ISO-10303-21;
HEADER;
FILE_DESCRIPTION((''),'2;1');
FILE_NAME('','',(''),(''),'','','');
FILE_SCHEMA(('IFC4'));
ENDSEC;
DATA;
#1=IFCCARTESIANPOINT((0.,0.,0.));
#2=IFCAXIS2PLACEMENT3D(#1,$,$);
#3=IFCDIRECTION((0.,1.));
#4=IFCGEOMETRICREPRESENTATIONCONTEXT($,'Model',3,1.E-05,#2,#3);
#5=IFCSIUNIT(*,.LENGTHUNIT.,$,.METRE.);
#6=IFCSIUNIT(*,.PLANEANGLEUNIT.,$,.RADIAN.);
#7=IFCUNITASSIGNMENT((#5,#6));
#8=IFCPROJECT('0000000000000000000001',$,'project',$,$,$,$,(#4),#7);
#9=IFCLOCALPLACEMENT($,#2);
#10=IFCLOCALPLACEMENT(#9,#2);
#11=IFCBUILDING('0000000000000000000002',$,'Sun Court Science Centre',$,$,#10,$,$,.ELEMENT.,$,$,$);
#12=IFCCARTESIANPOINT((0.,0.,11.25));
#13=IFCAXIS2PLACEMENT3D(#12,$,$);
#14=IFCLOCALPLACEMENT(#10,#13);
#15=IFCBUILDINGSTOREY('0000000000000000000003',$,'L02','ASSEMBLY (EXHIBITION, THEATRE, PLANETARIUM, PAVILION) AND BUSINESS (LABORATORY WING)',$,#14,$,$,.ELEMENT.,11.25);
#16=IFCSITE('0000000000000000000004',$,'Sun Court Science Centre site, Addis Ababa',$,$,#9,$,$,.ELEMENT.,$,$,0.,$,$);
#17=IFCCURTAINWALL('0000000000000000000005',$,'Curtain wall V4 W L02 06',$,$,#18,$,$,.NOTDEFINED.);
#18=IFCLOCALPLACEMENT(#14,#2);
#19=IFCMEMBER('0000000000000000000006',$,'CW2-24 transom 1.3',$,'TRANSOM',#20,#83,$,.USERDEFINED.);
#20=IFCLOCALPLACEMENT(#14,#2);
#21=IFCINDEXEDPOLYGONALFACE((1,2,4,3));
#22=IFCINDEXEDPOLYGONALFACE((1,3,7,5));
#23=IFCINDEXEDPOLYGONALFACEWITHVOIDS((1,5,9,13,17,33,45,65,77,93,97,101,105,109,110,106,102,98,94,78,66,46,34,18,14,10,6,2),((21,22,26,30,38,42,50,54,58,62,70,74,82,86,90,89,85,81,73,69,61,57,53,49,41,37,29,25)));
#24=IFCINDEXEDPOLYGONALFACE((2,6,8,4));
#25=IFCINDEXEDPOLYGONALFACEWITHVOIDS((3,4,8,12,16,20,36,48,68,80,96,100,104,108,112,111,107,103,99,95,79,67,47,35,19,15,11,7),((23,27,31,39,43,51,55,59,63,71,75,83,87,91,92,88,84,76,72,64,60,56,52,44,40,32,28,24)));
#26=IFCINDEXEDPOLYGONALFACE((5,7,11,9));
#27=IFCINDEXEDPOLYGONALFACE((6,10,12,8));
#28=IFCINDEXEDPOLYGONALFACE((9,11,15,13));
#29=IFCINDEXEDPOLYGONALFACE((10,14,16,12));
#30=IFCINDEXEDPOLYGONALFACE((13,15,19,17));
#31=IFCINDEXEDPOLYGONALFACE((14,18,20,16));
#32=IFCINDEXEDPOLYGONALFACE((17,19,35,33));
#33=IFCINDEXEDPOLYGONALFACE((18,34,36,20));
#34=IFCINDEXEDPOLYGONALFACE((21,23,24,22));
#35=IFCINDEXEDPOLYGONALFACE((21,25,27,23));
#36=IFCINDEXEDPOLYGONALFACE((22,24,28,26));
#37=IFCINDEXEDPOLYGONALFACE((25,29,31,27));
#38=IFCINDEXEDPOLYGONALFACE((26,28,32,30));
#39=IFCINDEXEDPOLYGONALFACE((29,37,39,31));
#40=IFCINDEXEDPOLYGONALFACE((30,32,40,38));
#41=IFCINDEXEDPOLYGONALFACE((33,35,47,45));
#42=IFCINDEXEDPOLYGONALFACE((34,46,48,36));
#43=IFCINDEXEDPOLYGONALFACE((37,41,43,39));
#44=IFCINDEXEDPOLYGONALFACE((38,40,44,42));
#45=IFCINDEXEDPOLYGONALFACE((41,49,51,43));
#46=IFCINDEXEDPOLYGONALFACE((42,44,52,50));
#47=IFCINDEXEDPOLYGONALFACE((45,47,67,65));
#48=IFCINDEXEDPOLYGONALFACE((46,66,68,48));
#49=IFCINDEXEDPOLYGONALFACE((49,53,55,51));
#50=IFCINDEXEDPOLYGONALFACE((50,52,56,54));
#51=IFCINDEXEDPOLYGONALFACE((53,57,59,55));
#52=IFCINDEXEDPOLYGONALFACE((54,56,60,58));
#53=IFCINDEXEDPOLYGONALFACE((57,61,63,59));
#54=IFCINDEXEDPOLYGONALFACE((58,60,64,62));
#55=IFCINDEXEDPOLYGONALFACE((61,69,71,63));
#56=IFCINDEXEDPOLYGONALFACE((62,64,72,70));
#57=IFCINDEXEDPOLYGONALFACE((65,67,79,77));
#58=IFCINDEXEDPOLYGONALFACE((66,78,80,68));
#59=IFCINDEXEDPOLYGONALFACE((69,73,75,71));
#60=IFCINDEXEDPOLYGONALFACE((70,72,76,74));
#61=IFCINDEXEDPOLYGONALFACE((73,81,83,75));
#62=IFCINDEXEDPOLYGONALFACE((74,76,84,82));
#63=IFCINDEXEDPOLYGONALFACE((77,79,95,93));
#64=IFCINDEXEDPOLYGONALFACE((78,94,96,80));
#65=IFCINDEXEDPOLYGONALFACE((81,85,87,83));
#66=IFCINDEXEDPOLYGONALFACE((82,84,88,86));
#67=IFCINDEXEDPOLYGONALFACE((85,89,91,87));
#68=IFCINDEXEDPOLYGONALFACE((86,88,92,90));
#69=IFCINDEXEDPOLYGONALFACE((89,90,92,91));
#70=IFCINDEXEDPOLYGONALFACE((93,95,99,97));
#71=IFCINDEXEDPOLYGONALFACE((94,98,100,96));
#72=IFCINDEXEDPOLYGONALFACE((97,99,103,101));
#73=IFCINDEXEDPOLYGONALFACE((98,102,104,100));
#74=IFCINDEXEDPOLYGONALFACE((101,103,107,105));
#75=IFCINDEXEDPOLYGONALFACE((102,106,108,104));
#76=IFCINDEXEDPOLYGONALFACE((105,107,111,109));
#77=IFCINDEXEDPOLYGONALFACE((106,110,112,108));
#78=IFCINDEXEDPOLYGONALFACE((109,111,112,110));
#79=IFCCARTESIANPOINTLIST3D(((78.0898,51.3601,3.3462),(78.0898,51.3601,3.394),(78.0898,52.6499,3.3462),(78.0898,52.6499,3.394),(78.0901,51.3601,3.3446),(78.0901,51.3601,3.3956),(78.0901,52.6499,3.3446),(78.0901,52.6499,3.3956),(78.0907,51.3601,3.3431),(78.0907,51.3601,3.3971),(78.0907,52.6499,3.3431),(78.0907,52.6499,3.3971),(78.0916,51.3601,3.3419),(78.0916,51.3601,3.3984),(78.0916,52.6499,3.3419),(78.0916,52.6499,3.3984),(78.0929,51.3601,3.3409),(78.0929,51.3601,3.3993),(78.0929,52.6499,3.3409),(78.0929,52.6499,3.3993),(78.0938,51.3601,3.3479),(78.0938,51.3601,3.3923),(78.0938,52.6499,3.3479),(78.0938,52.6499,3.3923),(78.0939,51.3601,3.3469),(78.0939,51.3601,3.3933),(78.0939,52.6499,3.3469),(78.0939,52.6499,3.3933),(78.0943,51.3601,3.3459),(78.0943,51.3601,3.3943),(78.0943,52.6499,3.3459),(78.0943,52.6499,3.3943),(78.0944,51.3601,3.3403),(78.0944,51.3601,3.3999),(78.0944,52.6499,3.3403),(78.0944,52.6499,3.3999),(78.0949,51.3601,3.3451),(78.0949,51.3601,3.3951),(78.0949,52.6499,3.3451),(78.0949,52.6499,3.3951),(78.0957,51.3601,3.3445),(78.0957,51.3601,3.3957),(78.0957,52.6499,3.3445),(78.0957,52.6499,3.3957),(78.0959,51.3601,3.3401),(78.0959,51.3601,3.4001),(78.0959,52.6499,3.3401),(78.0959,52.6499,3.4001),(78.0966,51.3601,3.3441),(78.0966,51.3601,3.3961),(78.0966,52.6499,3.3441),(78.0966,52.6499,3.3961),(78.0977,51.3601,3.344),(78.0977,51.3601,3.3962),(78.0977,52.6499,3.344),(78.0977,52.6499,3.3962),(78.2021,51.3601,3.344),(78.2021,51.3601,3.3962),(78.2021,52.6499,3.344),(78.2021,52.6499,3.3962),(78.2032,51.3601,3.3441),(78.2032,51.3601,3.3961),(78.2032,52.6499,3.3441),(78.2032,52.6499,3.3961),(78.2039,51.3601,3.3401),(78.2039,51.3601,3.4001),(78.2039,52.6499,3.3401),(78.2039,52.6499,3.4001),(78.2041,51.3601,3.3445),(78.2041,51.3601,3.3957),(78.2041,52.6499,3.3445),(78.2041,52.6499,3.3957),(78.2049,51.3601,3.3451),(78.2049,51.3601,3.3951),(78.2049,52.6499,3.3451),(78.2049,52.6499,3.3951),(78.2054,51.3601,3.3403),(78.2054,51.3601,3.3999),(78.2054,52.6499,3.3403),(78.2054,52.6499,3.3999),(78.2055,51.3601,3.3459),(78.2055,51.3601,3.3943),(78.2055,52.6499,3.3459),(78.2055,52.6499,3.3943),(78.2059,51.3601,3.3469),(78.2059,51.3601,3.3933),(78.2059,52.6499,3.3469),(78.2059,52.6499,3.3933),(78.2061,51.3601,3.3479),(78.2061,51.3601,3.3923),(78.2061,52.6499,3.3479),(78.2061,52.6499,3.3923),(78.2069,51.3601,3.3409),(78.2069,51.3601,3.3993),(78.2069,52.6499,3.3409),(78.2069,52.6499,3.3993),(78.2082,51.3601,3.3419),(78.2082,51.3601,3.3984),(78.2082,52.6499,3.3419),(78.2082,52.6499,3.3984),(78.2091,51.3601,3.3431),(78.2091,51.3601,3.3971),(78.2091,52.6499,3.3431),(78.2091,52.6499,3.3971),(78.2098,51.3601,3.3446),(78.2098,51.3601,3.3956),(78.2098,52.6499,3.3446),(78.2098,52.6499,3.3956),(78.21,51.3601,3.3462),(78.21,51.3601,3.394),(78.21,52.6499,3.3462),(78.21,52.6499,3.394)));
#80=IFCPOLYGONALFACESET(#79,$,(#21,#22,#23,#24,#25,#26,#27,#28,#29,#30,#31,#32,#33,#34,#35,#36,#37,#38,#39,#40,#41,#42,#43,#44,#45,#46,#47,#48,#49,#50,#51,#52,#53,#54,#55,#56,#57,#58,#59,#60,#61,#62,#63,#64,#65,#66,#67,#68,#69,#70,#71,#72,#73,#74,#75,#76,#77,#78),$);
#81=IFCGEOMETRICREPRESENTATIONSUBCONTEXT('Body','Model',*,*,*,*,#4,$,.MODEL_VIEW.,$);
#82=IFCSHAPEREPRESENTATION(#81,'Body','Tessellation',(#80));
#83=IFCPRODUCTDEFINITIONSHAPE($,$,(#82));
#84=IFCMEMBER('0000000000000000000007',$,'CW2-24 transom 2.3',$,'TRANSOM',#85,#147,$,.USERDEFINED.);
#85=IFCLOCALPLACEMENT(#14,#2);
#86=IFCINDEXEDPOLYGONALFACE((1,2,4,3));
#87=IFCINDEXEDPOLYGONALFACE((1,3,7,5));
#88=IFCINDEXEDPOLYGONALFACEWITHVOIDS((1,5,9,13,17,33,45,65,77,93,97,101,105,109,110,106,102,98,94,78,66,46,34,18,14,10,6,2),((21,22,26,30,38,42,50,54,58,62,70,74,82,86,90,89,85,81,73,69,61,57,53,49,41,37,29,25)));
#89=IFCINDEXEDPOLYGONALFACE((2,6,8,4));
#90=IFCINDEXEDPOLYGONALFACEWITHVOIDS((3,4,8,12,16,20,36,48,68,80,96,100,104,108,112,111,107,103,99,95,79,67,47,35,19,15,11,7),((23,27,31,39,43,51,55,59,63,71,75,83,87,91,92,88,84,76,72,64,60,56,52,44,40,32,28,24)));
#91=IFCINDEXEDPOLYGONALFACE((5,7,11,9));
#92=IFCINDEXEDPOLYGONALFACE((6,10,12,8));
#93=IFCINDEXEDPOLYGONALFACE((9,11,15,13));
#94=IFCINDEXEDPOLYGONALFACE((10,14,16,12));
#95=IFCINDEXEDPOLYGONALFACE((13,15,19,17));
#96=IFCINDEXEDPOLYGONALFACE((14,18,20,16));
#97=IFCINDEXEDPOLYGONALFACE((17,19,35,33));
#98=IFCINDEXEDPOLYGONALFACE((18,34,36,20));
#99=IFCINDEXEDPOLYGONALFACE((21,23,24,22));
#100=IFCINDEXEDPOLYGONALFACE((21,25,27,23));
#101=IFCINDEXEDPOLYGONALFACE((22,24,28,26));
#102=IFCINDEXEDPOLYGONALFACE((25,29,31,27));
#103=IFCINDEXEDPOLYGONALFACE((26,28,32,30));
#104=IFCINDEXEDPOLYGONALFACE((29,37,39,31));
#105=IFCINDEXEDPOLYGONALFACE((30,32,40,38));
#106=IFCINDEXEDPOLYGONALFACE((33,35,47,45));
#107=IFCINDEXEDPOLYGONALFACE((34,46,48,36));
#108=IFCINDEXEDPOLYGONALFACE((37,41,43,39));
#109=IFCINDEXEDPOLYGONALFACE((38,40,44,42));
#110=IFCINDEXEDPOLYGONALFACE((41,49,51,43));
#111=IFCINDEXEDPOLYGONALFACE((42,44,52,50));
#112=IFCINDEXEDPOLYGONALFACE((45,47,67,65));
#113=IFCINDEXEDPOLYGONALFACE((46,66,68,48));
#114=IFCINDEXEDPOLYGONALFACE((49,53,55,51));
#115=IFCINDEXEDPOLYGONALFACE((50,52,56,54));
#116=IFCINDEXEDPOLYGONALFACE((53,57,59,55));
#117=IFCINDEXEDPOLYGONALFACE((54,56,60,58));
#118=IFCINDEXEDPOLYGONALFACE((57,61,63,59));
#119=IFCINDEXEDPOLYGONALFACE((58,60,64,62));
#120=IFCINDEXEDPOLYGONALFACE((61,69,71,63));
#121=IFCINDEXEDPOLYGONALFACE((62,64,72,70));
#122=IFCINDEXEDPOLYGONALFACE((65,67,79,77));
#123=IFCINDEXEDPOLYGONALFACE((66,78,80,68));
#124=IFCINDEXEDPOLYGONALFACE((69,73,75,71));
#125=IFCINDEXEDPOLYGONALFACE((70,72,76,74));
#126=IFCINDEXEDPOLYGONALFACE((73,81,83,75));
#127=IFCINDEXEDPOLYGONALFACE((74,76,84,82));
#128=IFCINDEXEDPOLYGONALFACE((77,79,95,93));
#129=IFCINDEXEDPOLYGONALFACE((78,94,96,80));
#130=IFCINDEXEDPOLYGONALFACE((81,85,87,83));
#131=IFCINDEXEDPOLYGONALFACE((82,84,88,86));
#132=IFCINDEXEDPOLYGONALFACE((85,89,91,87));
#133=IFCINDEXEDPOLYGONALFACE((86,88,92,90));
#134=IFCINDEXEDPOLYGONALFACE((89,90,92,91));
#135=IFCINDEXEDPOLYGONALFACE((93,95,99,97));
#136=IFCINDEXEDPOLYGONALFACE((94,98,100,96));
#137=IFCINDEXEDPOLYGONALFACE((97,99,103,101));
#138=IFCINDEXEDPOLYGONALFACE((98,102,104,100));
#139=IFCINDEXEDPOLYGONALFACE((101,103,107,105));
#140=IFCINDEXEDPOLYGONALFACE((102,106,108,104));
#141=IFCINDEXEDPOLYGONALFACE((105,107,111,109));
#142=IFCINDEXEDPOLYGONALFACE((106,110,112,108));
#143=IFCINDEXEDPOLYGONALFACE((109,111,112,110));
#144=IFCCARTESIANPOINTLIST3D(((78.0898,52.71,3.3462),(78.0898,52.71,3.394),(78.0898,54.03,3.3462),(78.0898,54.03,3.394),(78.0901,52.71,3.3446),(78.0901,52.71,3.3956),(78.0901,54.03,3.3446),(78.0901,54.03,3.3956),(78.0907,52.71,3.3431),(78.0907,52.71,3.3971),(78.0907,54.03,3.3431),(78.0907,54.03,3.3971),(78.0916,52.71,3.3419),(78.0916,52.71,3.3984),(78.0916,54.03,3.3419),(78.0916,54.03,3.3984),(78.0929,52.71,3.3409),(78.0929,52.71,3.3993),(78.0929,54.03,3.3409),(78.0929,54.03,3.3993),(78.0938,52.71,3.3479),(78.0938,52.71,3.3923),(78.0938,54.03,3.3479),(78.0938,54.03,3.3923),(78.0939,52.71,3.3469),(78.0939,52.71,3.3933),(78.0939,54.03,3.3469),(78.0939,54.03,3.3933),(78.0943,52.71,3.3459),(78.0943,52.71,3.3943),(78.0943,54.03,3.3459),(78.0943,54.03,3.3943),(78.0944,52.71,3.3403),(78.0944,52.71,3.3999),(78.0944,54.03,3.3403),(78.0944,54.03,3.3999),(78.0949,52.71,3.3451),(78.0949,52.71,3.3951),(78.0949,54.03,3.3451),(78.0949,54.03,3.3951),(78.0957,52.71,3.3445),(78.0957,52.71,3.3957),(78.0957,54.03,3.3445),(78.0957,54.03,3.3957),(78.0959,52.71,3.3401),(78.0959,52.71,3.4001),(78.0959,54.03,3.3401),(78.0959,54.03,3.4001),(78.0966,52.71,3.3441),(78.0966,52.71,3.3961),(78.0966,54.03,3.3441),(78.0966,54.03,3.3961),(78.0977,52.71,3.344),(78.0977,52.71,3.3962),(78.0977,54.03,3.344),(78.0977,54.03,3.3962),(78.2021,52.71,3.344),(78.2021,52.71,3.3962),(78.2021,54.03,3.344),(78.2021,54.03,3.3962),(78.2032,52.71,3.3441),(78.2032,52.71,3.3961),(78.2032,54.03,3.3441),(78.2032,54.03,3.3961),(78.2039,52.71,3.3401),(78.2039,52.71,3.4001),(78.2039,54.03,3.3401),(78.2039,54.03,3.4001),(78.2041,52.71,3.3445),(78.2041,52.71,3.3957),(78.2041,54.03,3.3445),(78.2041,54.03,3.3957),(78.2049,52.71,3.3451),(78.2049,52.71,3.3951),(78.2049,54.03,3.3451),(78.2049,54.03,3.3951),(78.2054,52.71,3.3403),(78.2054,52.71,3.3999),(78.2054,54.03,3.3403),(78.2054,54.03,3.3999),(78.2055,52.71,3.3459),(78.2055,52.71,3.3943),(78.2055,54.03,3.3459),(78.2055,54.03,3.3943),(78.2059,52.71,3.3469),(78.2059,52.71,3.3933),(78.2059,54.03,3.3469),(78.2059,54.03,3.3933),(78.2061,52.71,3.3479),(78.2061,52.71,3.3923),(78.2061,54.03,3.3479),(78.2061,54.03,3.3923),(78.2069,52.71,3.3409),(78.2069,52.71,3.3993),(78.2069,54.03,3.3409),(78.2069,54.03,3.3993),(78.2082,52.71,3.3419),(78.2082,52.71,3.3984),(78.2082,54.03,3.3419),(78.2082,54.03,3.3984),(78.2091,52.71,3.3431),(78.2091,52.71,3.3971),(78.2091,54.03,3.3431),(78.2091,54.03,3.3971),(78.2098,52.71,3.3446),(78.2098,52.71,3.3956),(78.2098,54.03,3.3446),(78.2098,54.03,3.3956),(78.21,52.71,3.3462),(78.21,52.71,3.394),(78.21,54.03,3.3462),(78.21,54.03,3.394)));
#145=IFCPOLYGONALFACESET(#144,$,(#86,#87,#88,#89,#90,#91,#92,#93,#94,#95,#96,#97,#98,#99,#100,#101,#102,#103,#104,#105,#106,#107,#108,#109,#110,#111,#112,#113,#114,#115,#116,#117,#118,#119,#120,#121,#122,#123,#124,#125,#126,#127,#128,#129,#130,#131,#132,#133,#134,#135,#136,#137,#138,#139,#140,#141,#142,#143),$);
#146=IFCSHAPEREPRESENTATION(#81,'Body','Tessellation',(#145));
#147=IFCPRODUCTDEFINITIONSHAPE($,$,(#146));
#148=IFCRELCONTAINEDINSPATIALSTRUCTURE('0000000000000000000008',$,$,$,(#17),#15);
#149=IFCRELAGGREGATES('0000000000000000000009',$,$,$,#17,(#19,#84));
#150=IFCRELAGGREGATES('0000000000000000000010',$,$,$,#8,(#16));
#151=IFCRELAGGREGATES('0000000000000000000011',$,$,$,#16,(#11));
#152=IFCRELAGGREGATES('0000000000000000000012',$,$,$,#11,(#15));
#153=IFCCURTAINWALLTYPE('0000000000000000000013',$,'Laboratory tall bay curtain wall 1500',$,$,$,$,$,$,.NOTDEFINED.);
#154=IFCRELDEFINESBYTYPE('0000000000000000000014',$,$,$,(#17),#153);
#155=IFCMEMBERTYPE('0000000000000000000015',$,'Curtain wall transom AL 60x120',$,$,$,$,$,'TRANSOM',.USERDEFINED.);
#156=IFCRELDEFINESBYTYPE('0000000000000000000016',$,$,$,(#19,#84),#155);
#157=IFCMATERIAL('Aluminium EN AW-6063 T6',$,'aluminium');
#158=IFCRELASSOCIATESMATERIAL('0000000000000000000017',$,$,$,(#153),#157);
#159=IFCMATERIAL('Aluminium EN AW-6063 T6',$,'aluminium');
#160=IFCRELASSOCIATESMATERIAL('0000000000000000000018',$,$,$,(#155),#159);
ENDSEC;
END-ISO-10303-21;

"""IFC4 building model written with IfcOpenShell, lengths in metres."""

from ifc_helpers import new_model, si_unit, direction, frame, origin, origin_2d, place, context, subcontext, project, spatial, hollow_rectangle, extrude, material, material_profile, profile_set, type_object, element, aggregate, save


model = new_model("IFC4")

# Units and contexts
model_context = context("Model", 3, precision=1e-05, world=origin(), true_north=direction((0.0, 1.0)))
body_context = subcontext(model_context, "Body", "Model", "MODEL_VIEW")
ifc_project = project(units=[si_unit("LENGTHUNIT", "METRE"), si_unit("PLANEANGLEUNIT", "RADIAN")], contexts=[model_context])

# Site, building, storey
site_placement = place(None, origin())
site = spatial("IfcSite", under=ifc_project, at=site_placement, Name="Sun Court Science Centre site, Addis Ababa", CompositionType="ELEMENT", RefElevation=0.0)
building_placement = place(site_placement, origin())
building = spatial("IfcBuilding", under=site, at=building_placement, Name="Sun Court Science Centre", CompositionType="ELEMENT")
storey_placement = place(building_placement, frame((0.0, 0.0, 11.25)))
storey = spatial("IfcBuildingStorey", under=building, at=storey_placement, Name="L02", Description="ASSEMBLY (EXHIBITION, THEATRE, PLANETARIUM, PAVILION) AND BUSINESS (LABORATORY WING)", CompositionType="ELEMENT", Elevation=11.25)

# Shared definitions
ifc_material_1 = material(Name="Aluminium EN AW-6063 T6", Category="aluminium")
curtain_wall_type = type_object("IfcCurtainWallType", Name="Laboratory tall bay curtain wall 1500", PredefinedType="NOTDEFINED", material=ifc_material_1)

# Curtain wall, members
curtain_wall_1_placement = place(storey_placement, origin())
curtain_wall_1 = element("IfcCurtainWall", 1, at=curtain_wall_1_placement, inside=storey, type_object=curtain_wall_type, Name="Curtain wall V4 W L02 06", PredefinedType="NOTDEFINED")
ifc_material_2 = material(Name="Aluminium EN AW-6063 T6", Category="aluminium")
ifc_material_profile_1 = material_profile(ifc_material_2, hollow_rectangle(XDim=0.0601, YDim=0.1201, WallThickness=0.0039, InnerFilletRadius=0.0039, OuterFilletRadius=0.0061, at=origin_2d()), Name="AL 60x120x4")
ifc_profile_set_1 = profile_set([ifc_material_profile_1], Name="Aluminium EN AW-6063 T6")
member_type_1 = type_object("IfcMemberType", Name="Curtain wall transom AL 60x120", ElementType="TRANSOM", PredefinedType="USERDEFINED", material=ifc_profile_set_1)
member_1_placement = place(storey_placement, frame((78.1499, 51.3601, 3.3701), z_axis=(0.0, 1.0, 0.0), x_axis=(0.0, 0.0, 1.0)))
member_1 = element("IfcMember", 2, at=member_1_placement, type_object=member_type_1, Name="CW2-24 transom 1.3", ObjectType="TRANSOM", PredefinedType="USERDEFINED", context=body_context, shape_type="SweptSolid", body=[
    extrude(hollow_rectangle(XDim=0.0601, YDim=0.1201, WallThickness=0.0039, InnerFilletRadius=0.0039, OuterFilletRadius=0.0061, at=origin_2d()), origin(), (0.0, 0.0, 1.0), 1.2898),
])
member_2_placement = place(storey_placement, frame((78.1499, 52.71, 3.3701), z_axis=(0.0, 1.0, 0.0), x_axis=(0.0, 0.0, 1.0)))
member_2 = element("IfcMember", 3, at=member_2_placement, type_object=member_type_1, Name="CW2-24 transom 2.3", ObjectType="TRANSOM", PredefinedType="USERDEFINED", context=body_context, shape_type="SweptSolid", body=[
    extrude(hollow_rectangle(XDim=0.0601, YDim=0.1201, WallThickness=0.0039, InnerFilletRadius=0.0039, OuterFilletRadius=0.0061, at=origin_2d()), origin(), (0.0, 0.0, 1.0), 1.3201),
])
aggregate(curtain_wall_1, [member_1, member_2])

save(model, "model.ifc")
